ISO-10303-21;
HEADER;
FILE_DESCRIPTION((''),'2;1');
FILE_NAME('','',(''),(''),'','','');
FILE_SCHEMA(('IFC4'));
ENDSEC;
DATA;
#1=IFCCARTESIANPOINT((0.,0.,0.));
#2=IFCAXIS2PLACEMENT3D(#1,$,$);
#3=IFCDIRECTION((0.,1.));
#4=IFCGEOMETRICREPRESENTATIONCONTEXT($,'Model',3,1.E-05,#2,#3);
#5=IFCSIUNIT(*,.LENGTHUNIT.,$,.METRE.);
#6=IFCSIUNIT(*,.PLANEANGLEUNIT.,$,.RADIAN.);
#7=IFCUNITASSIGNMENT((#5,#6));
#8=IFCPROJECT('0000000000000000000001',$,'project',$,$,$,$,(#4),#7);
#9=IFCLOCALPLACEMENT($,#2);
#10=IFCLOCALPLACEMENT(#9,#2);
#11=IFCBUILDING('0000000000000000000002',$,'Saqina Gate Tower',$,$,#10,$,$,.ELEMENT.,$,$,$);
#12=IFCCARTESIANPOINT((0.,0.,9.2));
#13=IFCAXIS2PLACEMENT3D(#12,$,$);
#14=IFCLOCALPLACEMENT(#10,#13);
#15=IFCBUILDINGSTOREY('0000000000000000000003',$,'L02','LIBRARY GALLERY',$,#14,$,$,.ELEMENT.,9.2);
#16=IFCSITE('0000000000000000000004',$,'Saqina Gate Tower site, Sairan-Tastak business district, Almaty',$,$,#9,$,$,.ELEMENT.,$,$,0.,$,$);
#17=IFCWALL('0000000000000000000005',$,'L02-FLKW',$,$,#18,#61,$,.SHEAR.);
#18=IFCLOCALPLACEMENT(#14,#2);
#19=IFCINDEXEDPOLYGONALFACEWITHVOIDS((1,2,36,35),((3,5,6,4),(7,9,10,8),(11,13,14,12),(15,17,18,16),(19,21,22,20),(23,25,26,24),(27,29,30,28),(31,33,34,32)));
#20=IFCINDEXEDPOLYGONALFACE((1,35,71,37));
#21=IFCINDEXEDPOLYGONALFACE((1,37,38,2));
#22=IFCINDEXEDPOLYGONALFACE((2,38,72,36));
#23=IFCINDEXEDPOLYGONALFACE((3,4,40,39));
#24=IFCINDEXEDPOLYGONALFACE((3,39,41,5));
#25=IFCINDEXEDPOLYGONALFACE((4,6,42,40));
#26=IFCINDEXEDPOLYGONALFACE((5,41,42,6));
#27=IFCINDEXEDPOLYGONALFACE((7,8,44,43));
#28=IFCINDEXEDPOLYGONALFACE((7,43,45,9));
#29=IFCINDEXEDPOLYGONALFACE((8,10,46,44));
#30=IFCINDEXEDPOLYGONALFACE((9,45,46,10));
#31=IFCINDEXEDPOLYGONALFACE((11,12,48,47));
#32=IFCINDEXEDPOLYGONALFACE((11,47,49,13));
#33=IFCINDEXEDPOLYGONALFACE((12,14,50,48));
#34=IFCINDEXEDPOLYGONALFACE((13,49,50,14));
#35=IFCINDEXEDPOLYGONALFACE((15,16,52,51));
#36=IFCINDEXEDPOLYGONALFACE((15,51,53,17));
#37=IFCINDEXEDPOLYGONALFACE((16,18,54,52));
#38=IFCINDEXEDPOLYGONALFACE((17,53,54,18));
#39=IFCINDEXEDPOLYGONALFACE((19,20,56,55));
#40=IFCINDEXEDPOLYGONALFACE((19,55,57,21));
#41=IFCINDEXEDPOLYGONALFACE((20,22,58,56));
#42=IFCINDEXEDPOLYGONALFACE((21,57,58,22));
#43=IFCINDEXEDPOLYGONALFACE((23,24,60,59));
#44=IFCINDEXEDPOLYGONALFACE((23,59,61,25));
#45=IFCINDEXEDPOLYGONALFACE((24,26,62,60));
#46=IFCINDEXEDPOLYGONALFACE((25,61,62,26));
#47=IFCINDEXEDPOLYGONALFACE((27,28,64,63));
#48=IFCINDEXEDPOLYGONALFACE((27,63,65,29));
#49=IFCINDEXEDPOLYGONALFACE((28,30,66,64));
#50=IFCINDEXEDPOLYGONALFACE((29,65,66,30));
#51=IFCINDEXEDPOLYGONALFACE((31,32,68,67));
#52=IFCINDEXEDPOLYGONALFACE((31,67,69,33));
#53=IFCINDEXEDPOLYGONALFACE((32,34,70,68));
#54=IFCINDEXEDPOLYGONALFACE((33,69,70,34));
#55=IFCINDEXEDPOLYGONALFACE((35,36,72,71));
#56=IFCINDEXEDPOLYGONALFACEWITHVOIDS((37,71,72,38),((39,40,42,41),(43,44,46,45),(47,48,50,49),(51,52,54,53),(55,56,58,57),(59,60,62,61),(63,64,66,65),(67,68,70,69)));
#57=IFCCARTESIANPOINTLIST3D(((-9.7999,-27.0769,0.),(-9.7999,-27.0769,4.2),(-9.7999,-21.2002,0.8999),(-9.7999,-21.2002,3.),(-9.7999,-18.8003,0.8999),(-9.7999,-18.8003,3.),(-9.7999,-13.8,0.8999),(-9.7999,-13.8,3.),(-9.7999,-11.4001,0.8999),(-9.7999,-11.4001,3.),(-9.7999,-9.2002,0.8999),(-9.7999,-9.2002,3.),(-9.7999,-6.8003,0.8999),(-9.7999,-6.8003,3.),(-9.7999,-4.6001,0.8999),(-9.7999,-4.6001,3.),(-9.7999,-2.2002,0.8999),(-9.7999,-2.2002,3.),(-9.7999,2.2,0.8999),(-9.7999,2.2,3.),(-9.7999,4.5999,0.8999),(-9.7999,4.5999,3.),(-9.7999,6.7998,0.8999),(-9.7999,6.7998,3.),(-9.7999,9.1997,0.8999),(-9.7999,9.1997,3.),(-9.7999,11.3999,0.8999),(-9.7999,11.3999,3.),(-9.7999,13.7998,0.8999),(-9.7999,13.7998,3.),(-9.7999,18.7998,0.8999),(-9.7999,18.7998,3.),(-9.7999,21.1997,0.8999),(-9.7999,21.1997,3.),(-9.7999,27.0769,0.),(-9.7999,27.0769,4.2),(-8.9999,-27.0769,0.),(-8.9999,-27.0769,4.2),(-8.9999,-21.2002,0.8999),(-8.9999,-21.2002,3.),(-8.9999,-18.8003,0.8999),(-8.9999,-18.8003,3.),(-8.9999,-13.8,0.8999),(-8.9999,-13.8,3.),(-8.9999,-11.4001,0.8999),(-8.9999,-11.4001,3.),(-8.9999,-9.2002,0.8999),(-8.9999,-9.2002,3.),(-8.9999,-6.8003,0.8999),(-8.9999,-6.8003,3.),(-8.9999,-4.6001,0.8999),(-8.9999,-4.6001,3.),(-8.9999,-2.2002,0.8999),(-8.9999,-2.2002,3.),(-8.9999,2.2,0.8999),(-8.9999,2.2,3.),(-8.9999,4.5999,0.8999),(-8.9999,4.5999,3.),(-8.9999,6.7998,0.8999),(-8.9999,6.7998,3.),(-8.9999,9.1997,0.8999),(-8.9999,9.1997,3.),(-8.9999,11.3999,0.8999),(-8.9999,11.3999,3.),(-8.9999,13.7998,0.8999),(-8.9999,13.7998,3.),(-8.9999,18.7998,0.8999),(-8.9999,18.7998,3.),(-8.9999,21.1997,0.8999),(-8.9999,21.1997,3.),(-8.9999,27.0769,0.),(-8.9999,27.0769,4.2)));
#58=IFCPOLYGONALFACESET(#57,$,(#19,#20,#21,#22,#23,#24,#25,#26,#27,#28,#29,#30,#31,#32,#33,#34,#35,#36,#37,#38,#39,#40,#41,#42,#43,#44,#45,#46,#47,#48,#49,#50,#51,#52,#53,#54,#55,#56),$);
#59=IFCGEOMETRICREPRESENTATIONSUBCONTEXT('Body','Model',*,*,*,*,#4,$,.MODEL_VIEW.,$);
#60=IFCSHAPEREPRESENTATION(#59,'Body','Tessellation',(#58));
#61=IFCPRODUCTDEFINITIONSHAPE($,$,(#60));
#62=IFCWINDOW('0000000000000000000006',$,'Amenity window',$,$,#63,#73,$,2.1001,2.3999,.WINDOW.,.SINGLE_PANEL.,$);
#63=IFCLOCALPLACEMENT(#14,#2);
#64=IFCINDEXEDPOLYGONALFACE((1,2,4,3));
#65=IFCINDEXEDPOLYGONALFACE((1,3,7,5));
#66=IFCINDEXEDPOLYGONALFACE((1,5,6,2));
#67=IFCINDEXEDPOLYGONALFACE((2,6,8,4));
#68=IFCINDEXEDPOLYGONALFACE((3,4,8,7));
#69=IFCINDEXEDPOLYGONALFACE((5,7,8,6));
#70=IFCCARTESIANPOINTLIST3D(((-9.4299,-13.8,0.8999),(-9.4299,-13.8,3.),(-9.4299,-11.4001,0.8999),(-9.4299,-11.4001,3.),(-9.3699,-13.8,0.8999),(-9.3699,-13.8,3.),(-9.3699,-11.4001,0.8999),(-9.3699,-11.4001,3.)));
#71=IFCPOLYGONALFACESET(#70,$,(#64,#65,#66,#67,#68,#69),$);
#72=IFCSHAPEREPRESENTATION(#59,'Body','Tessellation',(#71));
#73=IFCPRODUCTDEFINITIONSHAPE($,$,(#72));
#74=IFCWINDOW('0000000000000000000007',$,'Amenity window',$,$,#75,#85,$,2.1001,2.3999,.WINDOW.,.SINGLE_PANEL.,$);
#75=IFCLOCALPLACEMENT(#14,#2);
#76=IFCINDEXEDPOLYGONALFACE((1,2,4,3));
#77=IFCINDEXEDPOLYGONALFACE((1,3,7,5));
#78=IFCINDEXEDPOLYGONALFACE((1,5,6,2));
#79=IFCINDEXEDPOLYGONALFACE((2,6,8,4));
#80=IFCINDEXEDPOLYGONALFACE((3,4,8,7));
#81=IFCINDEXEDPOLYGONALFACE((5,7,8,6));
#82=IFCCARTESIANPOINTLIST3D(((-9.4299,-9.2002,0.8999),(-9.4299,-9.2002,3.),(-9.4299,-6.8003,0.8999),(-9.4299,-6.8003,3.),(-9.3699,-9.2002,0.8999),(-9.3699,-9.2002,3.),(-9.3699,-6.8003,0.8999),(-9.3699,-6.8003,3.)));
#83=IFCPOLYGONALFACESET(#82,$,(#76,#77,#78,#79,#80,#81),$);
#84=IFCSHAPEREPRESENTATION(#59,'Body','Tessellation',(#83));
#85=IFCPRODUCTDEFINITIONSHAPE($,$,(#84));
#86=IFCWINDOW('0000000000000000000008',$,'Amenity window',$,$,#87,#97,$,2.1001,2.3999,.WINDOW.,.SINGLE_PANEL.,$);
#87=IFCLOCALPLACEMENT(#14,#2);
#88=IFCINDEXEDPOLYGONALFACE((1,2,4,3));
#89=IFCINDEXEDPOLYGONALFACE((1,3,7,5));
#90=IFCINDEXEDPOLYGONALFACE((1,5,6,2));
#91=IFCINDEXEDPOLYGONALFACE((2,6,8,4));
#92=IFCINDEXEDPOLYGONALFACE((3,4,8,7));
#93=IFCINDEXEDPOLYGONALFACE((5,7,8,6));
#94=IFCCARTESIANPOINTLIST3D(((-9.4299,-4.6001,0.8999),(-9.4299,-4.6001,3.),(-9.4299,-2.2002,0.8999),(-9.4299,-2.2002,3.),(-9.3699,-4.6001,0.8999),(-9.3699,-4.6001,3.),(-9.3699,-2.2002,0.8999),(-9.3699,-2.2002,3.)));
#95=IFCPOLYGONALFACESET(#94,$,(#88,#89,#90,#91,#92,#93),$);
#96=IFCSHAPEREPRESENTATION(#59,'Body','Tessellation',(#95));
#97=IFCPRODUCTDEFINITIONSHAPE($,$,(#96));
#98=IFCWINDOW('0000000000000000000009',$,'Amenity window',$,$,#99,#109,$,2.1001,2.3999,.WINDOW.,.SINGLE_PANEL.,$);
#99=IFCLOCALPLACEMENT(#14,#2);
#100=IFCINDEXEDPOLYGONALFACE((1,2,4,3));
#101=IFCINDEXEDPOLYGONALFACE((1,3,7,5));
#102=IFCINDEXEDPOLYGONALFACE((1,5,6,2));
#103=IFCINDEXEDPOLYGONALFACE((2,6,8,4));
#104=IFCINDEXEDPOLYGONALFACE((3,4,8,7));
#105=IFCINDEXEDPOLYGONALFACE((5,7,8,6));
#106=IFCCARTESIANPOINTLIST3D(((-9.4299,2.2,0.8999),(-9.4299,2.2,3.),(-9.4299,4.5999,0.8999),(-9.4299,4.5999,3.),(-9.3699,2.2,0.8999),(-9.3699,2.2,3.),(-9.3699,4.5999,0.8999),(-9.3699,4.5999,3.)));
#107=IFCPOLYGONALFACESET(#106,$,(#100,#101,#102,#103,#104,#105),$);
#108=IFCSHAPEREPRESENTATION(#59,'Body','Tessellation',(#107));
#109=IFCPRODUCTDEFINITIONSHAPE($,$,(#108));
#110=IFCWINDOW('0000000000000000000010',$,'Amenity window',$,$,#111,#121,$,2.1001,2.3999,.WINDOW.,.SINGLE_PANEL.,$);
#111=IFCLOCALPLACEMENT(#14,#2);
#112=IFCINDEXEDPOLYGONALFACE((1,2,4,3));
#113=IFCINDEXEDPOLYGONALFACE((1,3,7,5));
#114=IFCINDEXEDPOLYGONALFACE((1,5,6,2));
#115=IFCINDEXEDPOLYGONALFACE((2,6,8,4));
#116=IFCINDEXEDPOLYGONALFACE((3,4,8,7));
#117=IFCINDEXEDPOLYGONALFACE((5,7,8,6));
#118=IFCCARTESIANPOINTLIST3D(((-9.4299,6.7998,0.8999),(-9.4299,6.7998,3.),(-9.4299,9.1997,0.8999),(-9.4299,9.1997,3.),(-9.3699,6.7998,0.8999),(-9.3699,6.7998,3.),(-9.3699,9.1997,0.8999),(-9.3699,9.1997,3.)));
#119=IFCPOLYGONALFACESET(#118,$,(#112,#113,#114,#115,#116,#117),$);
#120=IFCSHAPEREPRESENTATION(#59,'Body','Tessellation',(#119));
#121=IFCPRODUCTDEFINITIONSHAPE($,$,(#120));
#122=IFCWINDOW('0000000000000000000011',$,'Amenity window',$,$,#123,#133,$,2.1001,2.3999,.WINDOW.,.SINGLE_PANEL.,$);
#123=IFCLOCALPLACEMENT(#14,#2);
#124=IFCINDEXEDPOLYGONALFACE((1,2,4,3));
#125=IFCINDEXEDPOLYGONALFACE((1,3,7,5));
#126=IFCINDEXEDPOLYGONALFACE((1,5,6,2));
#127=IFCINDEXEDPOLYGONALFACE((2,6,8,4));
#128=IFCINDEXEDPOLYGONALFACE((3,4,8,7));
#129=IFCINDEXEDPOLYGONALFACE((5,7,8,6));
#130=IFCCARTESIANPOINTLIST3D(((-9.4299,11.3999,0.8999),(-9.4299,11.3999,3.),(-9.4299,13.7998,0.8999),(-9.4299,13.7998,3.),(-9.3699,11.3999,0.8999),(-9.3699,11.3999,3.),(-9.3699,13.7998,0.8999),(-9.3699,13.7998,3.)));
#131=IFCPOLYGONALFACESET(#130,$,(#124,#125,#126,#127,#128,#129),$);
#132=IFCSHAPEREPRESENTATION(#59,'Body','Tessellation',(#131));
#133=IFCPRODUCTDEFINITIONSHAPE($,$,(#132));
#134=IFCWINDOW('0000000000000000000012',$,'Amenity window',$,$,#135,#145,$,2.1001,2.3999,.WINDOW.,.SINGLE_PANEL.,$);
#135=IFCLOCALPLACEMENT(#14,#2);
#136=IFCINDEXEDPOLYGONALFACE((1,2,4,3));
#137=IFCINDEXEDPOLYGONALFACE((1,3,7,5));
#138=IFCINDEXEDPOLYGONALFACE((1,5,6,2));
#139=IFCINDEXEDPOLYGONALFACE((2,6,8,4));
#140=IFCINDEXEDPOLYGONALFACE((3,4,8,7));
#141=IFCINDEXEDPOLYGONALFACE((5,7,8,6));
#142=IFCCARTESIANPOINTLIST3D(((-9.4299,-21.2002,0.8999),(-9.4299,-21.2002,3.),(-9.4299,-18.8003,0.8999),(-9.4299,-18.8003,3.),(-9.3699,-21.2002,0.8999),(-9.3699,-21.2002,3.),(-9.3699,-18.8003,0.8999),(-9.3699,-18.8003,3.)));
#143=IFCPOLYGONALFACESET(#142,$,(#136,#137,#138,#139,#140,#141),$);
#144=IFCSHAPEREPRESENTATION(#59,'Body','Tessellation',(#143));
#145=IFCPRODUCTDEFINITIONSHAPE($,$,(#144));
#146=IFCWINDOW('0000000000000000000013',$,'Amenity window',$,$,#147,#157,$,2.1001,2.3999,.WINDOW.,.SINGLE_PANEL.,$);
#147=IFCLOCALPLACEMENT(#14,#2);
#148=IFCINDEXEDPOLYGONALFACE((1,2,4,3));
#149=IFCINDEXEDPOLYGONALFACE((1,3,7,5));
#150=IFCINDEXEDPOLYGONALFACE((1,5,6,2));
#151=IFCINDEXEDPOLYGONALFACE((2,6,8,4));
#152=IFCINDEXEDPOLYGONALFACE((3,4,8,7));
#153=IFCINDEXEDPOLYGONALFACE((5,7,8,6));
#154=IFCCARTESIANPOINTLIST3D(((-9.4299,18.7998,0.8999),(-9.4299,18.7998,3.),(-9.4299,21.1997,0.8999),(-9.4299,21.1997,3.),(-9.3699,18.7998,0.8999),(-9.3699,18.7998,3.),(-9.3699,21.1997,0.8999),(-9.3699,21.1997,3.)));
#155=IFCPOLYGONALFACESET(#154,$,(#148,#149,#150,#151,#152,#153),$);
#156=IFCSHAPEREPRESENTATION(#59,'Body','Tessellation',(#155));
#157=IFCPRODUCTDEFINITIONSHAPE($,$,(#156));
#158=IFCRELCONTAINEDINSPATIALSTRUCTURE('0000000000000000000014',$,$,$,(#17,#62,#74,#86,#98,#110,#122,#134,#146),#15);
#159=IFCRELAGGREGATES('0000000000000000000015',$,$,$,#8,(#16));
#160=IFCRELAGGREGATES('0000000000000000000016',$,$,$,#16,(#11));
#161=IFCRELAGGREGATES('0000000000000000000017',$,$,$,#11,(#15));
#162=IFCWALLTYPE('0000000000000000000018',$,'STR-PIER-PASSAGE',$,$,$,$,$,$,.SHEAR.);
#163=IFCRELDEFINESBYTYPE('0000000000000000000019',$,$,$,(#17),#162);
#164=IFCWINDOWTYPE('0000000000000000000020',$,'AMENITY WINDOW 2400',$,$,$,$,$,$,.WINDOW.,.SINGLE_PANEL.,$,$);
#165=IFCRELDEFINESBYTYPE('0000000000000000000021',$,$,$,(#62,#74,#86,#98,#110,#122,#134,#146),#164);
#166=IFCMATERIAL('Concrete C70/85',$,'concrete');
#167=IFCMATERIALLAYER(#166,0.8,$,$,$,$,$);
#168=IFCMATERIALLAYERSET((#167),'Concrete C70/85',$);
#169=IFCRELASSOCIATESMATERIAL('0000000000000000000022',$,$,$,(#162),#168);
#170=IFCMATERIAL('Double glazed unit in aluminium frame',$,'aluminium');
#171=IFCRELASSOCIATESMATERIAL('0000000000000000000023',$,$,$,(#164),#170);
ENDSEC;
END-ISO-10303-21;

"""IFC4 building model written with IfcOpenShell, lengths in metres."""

from ifc_helpers import new_model, si_unit, direction, frame, frame_2d, origin, place, context, subcontext, project, spatial, rectangle, extrude, material, layer, layer_set, type_object, element, fill, save


model = new_model("IFC4")

# Units and contexts
model_context = context("Model", 3, precision=1e-05, world=origin(), true_north=direction((0.0, 1.0)))
body_context = subcontext(model_context, "Body", "Model", "MODEL_VIEW")
ifc_project = project(units=[si_unit("LENGTHUNIT", "METRE"), si_unit("PLANEANGLEUNIT", "RADIAN")], contexts=[model_context])

# Site, building, storey
site_placement = place(None, origin())
site = spatial("IfcSite", under=ifc_project, at=site_placement, Name="Saqina Gate Tower site, Sairan-Tastak business district, Almaty", CompositionType="ELEMENT", RefElevation=0.0)
building_placement = place(site_placement, origin())
building = spatial("IfcBuilding", under=site, at=building_placement, Name="Saqina Gate Tower", CompositionType="ELEMENT")
storey_placement = place(building_placement, frame((0.0, 0.0, 9.2)))
storey = spatial("IfcBuildingStorey", under=building, at=storey_placement, Name="L02", Description="LIBRARY GALLERY", CompositionType="ELEMENT", Elevation=9.2)

# Wall, openings, windows
ifc_material_1 = material(Name="Concrete C70/85", Category="concrete")
ifc_layer_1 = layer(ifc_material_1, 0.8)
ifc_layer_set_1 = layer_set([ifc_layer_1], Name="Concrete C70/85")
wall_type_1 = type_object("IfcWallType", Name="STR-PIER-PASSAGE", PredefinedType="SHEAR", material=ifc_layer_set_1)
wall_1_placement = place(storey_placement, frame((-9.3999, -27.0769, 0.0), z_axis=(0.0, 0.0, 1.0), x_axis=(0.0, 1.0, 0.0)))
wall_1 = element("IfcWall", 1, at=wall_1_placement, inside=storey, type_object=wall_type_1, Name="L02-FLKW", PredefinedType="SHEAR", context=body_context, shape_type="SweptSolid", body=[
    extrude(rectangle(XDim=54.1538, YDim=0.8, at=frame_2d((27.0769, 0.0))), origin(), (0.0, 0.0, 1.0), 4.2),
])
opening_1_placement = place(wall_1_placement, frame((13.2769, 0.0, 0.8999)))
opening_1 = element("IfcOpeningElement", 2, at=opening_1_placement, cuts=wall_1, PredefinedType="OPENING", context=body_context, shape_type="SweptSolid", body=[
    extrude(rectangle(XDim=2.3999, YDim=2.1001, at=frame_2d((1.2, 1.05))), frame((0.0, 0.4121, 0.0), z_axis=(0.0, -1.0, 0.0), x_axis=(1.0, 0.0, 0.0)), (0.0, 0.0, 1.0), 0.824),
])
opening_2_placement = place(wall_1_placement, frame((17.8767, 0.0, 0.8999)))
opening_2 = element("IfcOpeningElement", 3, at=opening_2_placement, cuts=wall_1, PredefinedType="OPENING", context=body_context, shape_type="SweptSolid", body=[
    extrude(rectangle(XDim=2.3999, YDim=2.1001, at=frame_2d((1.2, 1.05))), frame((0.0, 0.4121, 0.0), z_axis=(0.0, -1.0, 0.0), x_axis=(1.0, 0.0, 0.0)), (0.0, 0.0, 1.0), 0.824),
])
opening_3_placement = place(wall_1_placement, frame((22.4768, 0.0, 0.8999)))
opening_3 = element("IfcOpeningElement", 4, at=opening_3_placement, cuts=wall_1, PredefinedType="OPENING", context=body_context, shape_type="SweptSolid", body=[
    extrude(rectangle(XDim=2.3999, YDim=2.1001, at=frame_2d((1.2, 1.05))), frame((0.0, 0.4121, 0.0), z_axis=(0.0, -1.0, 0.0), x_axis=(1.0, 0.0, 0.0)), (0.0, 0.0, 1.0), 0.824),
])
opening_4_placement = place(wall_1_placement, frame((29.2769, 0.0, 0.8999)))
opening_4 = element("IfcOpeningElement", 5, at=opening_4_placement, cuts=wall_1, PredefinedType="OPENING", context=body_context, shape_type="SweptSolid", body=[
    extrude(rectangle(XDim=2.3999, YDim=2.1001, at=frame_2d((1.2, 1.05))), frame((0.0, 0.4121, 0.0), z_axis=(0.0, -1.0, 0.0), x_axis=(1.0, 0.0, 0.0)), (0.0, 0.0, 1.0), 0.824),
])
opening_5_placement = place(wall_1_placement, frame((33.8767, 0.0, 0.8999)))
opening_5 = element("IfcOpeningElement", 6, at=opening_5_placement, cuts=wall_1, PredefinedType="OPENING", context=body_context, shape_type="SweptSolid", body=[
    extrude(rectangle(XDim=2.3999, YDim=2.1001, at=frame_2d((1.2, 1.05))), frame((0.0, 0.4121, 0.0), z_axis=(0.0, -1.0, 0.0), x_axis=(1.0, 0.0, 0.0)), (0.0, 0.0, 1.0), 0.824),
])
opening_6_placement = place(wall_1_placement, frame((38.4768, 0.0, 0.8999)))
opening_6 = element("IfcOpeningElement", 7, at=opening_6_placement, cuts=wall_1, PredefinedType="OPENING", context=body_context, shape_type="SweptSolid", body=[
    extrude(rectangle(XDim=2.3999, YDim=2.1001, at=frame_2d((1.2, 1.05))), frame((0.0, 0.4121, 0.0), z_axis=(0.0, -1.0, 0.0), x_axis=(1.0, 0.0, 0.0)), (0.0, 0.0, 1.0), 0.824),
])
opening_7_placement = place(wall_1_placement, frame((5.8767, 0.0, 0.8999)))
opening_7 = element("IfcOpeningElement", 8, at=opening_7_placement, cuts=wall_1, PredefinedType="OPENING", context=body_context, shape_type="SweptSolid", body=[
    extrude(rectangle(XDim=2.3999, YDim=2.1001, at=frame_2d((1.2, 1.05))), frame((0.0, 0.4121, 0.0), z_axis=(0.0, -1.0, 0.0), x_axis=(1.0, 0.0, 0.0)), (0.0, 0.0, 1.0), 0.824),
])
opening_8_placement = place(wall_1_placement, frame((45.8767, 0.0, 0.8999)))
opening_8 = element("IfcOpeningElement", 9, at=opening_8_placement, cuts=wall_1, PredefinedType="OPENING", context=body_context, shape_type="SweptSolid", body=[
    extrude(rectangle(XDim=2.3999, YDim=2.1001, at=frame_2d((1.2, 1.05))), frame((0.0, 0.4121, 0.0), z_axis=(0.0, -1.0, 0.0), x_axis=(1.0, 0.0, 0.0)), (0.0, 0.0, 1.0), 0.824),
])
ifc_material_2 = material(Name="Double glazed unit in aluminium frame", Category="aluminium")
window_type = type_object("IfcWindowType", Name="AMENITY WINDOW 2400", PartitioningType="SINGLE_PANEL", PredefinedType="WINDOW", material=ifc_material_2)
window_1_placement = place(opening_1_placement, origin())
window_1 = element("IfcWindow", 10, at=window_1_placement, inside=storey, type_object=window_type, Name="Amenity window", OverallHeight=2.1001, OverallWidth=2.3999, PartitioningType="SINGLE_PANEL", PredefinedType="WINDOW", context=body_context, shape_type="SweptSolid", body=[
    extrude(rectangle(XDim=2.3999, YDim=2.1001, at=frame_2d((1.2, 1.05))), frame((0.0, 0.03, 0.0), z_axis=(0.0, -1.0, 0.0), x_axis=(1.0, 0.0, 0.0)), (0.0, 0.0, 1.0), 0.0601),
])
fill(opening_1, window_1)
window_2_placement = place(opening_2_placement, origin())
window_2 = element("IfcWindow", 11, at=window_2_placement, inside=storey, type_object=window_type, Name="Amenity window", OverallHeight=2.1001, OverallWidth=2.3999, PartitioningType="SINGLE_PANEL", PredefinedType="WINDOW", context=body_context, shape_type="SweptSolid", body=[
    extrude(rectangle(XDim=2.3999, YDim=2.1001, at=frame_2d((1.2, 1.05))), frame((0.0, 0.03, 0.0), z_axis=(0.0, -1.0, 0.0), x_axis=(1.0, 0.0, 0.0)), (0.0, 0.0, 1.0), 0.0601),
])
fill(opening_2, window_2)
window_3_placement = place(opening_3_placement, origin())
window_3 = element("IfcWindow", 12, at=window_3_placement, inside=storey, type_object=window_type, Name="Amenity window", OverallHeight=2.1001, OverallWidth=2.3999, PartitioningType="SINGLE_PANEL", PredefinedType="WINDOW", context=body_context, shape_type="SweptSolid", body=[
    extrude(rectangle(XDim=2.3999, YDim=2.1001, at=frame_2d((1.2, 1.05))), frame((0.0, 0.03, 0.0), z_axis=(0.0, -1.0, 0.0), x_axis=(1.0, 0.0, 0.0)), (0.0, 0.0, 1.0), 0.0601),
])
fill(opening_3, window_3)
window_4_placement = place(opening_4_placement, origin())
window_4 = element("IfcWindow", 13, at=window_4_placement, inside=storey, type_object=window_type, Name="Amenity window", OverallHeight=2.1001, OverallWidth=2.3999, PartitioningType="SINGLE_PANEL", PredefinedType="WINDOW", context=body_context, shape_type="SweptSolid", body=[
    extrude(rectangle(XDim=2.3999, YDim=2.1001, at=frame_2d((1.2, 1.05))), frame((0.0, 0.03, 0.0), z_axis=(0.0, -1.0, 0.0), x_axis=(1.0, 0.0, 0.0)), (0.0, 0.0, 1.0), 0.0601),
])
fill(opening_4, window_4)
window_5_placement = place(opening_5_placement, origin())
window_5 = element("IfcWindow", 14, at=window_5_placement, inside=storey, type_object=window_type, Name="Amenity window", OverallHeight=2.1001, OverallWidth=2.3999, PartitioningType="SINGLE_PANEL", PredefinedType="WINDOW", context=body_context, shape_type="SweptSolid", body=[
    extrude(rectangle(XDim=2.3999, YDim=2.1001, at=frame_2d((1.2, 1.05))), frame((0.0, 0.03, 0.0), z_axis=(0.0, -1.0, 0.0), x_axis=(1.0, 0.0, 0.0)), (0.0, 0.0, 1.0), 0.0601),
])
fill(opening_5, window_5)
window_6_placement = place(opening_6_placement, origin())
window_6 = element("IfcWindow", 15, at=window_6_placement, inside=storey, type_object=window_type, Name="Amenity window", OverallHeight=2.1001, OverallWidth=2.3999, PartitioningType="SINGLE_PANEL", PredefinedType="WINDOW", context=body_context, shape_type="SweptSolid", body=[
    extrude(rectangle(XDim=2.3999, YDim=2.1001, at=frame_2d((1.2, 1.05))), frame((0.0, 0.03, 0.0), z_axis=(0.0, -1.0, 0.0), x_axis=(1.0, 0.0, 0.0)), (0.0, 0.0, 1.0), 0.0601),
])
fill(opening_6, window_6)
window_7_placement = place(opening_7_placement, origin())
window_7 = element("IfcWindow", 16, at=window_7_placement, inside=storey, type_object=window_type, Name="Amenity window", OverallHeight=2.1001, OverallWidth=2.3999, PartitioningType="SINGLE_PANEL", PredefinedType="WINDOW", context=body_context, shape_type="SweptSolid", body=[
    extrude(rectangle(XDim=2.3999, YDim=2.1001, at=frame_2d((1.2, 1.05))), frame((0.0, 0.03, 0.0), z_axis=(0.0, -1.0, 0.0), x_axis=(1.0, 0.0, 0.0)), (0.0, 0.0, 1.0), 0.0601),
])
fill(opening_7, window_7)
window_8_placement = place(opening_8_placement, origin())
window_8 = element("IfcWindow", 17, at=window_8_placement, inside=storey, type_object=window_type, Name="Amenity window", OverallHeight=2.1001, OverallWidth=2.3999, PartitioningType="SINGLE_PANEL", PredefinedType="WINDOW", context=body_context, shape_type="SweptSolid", body=[
    extrude(rectangle(XDim=2.3999, YDim=2.1001, at=frame_2d((1.2, 1.05))), frame((0.0, 0.03, 0.0), z_axis=(0.0, -1.0, 0.0), x_axis=(1.0, 0.0, 0.0)), (0.0, 0.0, 1.0), 0.0601),
])
fill(opening_8, window_8)

save(model, "model.ifc")
